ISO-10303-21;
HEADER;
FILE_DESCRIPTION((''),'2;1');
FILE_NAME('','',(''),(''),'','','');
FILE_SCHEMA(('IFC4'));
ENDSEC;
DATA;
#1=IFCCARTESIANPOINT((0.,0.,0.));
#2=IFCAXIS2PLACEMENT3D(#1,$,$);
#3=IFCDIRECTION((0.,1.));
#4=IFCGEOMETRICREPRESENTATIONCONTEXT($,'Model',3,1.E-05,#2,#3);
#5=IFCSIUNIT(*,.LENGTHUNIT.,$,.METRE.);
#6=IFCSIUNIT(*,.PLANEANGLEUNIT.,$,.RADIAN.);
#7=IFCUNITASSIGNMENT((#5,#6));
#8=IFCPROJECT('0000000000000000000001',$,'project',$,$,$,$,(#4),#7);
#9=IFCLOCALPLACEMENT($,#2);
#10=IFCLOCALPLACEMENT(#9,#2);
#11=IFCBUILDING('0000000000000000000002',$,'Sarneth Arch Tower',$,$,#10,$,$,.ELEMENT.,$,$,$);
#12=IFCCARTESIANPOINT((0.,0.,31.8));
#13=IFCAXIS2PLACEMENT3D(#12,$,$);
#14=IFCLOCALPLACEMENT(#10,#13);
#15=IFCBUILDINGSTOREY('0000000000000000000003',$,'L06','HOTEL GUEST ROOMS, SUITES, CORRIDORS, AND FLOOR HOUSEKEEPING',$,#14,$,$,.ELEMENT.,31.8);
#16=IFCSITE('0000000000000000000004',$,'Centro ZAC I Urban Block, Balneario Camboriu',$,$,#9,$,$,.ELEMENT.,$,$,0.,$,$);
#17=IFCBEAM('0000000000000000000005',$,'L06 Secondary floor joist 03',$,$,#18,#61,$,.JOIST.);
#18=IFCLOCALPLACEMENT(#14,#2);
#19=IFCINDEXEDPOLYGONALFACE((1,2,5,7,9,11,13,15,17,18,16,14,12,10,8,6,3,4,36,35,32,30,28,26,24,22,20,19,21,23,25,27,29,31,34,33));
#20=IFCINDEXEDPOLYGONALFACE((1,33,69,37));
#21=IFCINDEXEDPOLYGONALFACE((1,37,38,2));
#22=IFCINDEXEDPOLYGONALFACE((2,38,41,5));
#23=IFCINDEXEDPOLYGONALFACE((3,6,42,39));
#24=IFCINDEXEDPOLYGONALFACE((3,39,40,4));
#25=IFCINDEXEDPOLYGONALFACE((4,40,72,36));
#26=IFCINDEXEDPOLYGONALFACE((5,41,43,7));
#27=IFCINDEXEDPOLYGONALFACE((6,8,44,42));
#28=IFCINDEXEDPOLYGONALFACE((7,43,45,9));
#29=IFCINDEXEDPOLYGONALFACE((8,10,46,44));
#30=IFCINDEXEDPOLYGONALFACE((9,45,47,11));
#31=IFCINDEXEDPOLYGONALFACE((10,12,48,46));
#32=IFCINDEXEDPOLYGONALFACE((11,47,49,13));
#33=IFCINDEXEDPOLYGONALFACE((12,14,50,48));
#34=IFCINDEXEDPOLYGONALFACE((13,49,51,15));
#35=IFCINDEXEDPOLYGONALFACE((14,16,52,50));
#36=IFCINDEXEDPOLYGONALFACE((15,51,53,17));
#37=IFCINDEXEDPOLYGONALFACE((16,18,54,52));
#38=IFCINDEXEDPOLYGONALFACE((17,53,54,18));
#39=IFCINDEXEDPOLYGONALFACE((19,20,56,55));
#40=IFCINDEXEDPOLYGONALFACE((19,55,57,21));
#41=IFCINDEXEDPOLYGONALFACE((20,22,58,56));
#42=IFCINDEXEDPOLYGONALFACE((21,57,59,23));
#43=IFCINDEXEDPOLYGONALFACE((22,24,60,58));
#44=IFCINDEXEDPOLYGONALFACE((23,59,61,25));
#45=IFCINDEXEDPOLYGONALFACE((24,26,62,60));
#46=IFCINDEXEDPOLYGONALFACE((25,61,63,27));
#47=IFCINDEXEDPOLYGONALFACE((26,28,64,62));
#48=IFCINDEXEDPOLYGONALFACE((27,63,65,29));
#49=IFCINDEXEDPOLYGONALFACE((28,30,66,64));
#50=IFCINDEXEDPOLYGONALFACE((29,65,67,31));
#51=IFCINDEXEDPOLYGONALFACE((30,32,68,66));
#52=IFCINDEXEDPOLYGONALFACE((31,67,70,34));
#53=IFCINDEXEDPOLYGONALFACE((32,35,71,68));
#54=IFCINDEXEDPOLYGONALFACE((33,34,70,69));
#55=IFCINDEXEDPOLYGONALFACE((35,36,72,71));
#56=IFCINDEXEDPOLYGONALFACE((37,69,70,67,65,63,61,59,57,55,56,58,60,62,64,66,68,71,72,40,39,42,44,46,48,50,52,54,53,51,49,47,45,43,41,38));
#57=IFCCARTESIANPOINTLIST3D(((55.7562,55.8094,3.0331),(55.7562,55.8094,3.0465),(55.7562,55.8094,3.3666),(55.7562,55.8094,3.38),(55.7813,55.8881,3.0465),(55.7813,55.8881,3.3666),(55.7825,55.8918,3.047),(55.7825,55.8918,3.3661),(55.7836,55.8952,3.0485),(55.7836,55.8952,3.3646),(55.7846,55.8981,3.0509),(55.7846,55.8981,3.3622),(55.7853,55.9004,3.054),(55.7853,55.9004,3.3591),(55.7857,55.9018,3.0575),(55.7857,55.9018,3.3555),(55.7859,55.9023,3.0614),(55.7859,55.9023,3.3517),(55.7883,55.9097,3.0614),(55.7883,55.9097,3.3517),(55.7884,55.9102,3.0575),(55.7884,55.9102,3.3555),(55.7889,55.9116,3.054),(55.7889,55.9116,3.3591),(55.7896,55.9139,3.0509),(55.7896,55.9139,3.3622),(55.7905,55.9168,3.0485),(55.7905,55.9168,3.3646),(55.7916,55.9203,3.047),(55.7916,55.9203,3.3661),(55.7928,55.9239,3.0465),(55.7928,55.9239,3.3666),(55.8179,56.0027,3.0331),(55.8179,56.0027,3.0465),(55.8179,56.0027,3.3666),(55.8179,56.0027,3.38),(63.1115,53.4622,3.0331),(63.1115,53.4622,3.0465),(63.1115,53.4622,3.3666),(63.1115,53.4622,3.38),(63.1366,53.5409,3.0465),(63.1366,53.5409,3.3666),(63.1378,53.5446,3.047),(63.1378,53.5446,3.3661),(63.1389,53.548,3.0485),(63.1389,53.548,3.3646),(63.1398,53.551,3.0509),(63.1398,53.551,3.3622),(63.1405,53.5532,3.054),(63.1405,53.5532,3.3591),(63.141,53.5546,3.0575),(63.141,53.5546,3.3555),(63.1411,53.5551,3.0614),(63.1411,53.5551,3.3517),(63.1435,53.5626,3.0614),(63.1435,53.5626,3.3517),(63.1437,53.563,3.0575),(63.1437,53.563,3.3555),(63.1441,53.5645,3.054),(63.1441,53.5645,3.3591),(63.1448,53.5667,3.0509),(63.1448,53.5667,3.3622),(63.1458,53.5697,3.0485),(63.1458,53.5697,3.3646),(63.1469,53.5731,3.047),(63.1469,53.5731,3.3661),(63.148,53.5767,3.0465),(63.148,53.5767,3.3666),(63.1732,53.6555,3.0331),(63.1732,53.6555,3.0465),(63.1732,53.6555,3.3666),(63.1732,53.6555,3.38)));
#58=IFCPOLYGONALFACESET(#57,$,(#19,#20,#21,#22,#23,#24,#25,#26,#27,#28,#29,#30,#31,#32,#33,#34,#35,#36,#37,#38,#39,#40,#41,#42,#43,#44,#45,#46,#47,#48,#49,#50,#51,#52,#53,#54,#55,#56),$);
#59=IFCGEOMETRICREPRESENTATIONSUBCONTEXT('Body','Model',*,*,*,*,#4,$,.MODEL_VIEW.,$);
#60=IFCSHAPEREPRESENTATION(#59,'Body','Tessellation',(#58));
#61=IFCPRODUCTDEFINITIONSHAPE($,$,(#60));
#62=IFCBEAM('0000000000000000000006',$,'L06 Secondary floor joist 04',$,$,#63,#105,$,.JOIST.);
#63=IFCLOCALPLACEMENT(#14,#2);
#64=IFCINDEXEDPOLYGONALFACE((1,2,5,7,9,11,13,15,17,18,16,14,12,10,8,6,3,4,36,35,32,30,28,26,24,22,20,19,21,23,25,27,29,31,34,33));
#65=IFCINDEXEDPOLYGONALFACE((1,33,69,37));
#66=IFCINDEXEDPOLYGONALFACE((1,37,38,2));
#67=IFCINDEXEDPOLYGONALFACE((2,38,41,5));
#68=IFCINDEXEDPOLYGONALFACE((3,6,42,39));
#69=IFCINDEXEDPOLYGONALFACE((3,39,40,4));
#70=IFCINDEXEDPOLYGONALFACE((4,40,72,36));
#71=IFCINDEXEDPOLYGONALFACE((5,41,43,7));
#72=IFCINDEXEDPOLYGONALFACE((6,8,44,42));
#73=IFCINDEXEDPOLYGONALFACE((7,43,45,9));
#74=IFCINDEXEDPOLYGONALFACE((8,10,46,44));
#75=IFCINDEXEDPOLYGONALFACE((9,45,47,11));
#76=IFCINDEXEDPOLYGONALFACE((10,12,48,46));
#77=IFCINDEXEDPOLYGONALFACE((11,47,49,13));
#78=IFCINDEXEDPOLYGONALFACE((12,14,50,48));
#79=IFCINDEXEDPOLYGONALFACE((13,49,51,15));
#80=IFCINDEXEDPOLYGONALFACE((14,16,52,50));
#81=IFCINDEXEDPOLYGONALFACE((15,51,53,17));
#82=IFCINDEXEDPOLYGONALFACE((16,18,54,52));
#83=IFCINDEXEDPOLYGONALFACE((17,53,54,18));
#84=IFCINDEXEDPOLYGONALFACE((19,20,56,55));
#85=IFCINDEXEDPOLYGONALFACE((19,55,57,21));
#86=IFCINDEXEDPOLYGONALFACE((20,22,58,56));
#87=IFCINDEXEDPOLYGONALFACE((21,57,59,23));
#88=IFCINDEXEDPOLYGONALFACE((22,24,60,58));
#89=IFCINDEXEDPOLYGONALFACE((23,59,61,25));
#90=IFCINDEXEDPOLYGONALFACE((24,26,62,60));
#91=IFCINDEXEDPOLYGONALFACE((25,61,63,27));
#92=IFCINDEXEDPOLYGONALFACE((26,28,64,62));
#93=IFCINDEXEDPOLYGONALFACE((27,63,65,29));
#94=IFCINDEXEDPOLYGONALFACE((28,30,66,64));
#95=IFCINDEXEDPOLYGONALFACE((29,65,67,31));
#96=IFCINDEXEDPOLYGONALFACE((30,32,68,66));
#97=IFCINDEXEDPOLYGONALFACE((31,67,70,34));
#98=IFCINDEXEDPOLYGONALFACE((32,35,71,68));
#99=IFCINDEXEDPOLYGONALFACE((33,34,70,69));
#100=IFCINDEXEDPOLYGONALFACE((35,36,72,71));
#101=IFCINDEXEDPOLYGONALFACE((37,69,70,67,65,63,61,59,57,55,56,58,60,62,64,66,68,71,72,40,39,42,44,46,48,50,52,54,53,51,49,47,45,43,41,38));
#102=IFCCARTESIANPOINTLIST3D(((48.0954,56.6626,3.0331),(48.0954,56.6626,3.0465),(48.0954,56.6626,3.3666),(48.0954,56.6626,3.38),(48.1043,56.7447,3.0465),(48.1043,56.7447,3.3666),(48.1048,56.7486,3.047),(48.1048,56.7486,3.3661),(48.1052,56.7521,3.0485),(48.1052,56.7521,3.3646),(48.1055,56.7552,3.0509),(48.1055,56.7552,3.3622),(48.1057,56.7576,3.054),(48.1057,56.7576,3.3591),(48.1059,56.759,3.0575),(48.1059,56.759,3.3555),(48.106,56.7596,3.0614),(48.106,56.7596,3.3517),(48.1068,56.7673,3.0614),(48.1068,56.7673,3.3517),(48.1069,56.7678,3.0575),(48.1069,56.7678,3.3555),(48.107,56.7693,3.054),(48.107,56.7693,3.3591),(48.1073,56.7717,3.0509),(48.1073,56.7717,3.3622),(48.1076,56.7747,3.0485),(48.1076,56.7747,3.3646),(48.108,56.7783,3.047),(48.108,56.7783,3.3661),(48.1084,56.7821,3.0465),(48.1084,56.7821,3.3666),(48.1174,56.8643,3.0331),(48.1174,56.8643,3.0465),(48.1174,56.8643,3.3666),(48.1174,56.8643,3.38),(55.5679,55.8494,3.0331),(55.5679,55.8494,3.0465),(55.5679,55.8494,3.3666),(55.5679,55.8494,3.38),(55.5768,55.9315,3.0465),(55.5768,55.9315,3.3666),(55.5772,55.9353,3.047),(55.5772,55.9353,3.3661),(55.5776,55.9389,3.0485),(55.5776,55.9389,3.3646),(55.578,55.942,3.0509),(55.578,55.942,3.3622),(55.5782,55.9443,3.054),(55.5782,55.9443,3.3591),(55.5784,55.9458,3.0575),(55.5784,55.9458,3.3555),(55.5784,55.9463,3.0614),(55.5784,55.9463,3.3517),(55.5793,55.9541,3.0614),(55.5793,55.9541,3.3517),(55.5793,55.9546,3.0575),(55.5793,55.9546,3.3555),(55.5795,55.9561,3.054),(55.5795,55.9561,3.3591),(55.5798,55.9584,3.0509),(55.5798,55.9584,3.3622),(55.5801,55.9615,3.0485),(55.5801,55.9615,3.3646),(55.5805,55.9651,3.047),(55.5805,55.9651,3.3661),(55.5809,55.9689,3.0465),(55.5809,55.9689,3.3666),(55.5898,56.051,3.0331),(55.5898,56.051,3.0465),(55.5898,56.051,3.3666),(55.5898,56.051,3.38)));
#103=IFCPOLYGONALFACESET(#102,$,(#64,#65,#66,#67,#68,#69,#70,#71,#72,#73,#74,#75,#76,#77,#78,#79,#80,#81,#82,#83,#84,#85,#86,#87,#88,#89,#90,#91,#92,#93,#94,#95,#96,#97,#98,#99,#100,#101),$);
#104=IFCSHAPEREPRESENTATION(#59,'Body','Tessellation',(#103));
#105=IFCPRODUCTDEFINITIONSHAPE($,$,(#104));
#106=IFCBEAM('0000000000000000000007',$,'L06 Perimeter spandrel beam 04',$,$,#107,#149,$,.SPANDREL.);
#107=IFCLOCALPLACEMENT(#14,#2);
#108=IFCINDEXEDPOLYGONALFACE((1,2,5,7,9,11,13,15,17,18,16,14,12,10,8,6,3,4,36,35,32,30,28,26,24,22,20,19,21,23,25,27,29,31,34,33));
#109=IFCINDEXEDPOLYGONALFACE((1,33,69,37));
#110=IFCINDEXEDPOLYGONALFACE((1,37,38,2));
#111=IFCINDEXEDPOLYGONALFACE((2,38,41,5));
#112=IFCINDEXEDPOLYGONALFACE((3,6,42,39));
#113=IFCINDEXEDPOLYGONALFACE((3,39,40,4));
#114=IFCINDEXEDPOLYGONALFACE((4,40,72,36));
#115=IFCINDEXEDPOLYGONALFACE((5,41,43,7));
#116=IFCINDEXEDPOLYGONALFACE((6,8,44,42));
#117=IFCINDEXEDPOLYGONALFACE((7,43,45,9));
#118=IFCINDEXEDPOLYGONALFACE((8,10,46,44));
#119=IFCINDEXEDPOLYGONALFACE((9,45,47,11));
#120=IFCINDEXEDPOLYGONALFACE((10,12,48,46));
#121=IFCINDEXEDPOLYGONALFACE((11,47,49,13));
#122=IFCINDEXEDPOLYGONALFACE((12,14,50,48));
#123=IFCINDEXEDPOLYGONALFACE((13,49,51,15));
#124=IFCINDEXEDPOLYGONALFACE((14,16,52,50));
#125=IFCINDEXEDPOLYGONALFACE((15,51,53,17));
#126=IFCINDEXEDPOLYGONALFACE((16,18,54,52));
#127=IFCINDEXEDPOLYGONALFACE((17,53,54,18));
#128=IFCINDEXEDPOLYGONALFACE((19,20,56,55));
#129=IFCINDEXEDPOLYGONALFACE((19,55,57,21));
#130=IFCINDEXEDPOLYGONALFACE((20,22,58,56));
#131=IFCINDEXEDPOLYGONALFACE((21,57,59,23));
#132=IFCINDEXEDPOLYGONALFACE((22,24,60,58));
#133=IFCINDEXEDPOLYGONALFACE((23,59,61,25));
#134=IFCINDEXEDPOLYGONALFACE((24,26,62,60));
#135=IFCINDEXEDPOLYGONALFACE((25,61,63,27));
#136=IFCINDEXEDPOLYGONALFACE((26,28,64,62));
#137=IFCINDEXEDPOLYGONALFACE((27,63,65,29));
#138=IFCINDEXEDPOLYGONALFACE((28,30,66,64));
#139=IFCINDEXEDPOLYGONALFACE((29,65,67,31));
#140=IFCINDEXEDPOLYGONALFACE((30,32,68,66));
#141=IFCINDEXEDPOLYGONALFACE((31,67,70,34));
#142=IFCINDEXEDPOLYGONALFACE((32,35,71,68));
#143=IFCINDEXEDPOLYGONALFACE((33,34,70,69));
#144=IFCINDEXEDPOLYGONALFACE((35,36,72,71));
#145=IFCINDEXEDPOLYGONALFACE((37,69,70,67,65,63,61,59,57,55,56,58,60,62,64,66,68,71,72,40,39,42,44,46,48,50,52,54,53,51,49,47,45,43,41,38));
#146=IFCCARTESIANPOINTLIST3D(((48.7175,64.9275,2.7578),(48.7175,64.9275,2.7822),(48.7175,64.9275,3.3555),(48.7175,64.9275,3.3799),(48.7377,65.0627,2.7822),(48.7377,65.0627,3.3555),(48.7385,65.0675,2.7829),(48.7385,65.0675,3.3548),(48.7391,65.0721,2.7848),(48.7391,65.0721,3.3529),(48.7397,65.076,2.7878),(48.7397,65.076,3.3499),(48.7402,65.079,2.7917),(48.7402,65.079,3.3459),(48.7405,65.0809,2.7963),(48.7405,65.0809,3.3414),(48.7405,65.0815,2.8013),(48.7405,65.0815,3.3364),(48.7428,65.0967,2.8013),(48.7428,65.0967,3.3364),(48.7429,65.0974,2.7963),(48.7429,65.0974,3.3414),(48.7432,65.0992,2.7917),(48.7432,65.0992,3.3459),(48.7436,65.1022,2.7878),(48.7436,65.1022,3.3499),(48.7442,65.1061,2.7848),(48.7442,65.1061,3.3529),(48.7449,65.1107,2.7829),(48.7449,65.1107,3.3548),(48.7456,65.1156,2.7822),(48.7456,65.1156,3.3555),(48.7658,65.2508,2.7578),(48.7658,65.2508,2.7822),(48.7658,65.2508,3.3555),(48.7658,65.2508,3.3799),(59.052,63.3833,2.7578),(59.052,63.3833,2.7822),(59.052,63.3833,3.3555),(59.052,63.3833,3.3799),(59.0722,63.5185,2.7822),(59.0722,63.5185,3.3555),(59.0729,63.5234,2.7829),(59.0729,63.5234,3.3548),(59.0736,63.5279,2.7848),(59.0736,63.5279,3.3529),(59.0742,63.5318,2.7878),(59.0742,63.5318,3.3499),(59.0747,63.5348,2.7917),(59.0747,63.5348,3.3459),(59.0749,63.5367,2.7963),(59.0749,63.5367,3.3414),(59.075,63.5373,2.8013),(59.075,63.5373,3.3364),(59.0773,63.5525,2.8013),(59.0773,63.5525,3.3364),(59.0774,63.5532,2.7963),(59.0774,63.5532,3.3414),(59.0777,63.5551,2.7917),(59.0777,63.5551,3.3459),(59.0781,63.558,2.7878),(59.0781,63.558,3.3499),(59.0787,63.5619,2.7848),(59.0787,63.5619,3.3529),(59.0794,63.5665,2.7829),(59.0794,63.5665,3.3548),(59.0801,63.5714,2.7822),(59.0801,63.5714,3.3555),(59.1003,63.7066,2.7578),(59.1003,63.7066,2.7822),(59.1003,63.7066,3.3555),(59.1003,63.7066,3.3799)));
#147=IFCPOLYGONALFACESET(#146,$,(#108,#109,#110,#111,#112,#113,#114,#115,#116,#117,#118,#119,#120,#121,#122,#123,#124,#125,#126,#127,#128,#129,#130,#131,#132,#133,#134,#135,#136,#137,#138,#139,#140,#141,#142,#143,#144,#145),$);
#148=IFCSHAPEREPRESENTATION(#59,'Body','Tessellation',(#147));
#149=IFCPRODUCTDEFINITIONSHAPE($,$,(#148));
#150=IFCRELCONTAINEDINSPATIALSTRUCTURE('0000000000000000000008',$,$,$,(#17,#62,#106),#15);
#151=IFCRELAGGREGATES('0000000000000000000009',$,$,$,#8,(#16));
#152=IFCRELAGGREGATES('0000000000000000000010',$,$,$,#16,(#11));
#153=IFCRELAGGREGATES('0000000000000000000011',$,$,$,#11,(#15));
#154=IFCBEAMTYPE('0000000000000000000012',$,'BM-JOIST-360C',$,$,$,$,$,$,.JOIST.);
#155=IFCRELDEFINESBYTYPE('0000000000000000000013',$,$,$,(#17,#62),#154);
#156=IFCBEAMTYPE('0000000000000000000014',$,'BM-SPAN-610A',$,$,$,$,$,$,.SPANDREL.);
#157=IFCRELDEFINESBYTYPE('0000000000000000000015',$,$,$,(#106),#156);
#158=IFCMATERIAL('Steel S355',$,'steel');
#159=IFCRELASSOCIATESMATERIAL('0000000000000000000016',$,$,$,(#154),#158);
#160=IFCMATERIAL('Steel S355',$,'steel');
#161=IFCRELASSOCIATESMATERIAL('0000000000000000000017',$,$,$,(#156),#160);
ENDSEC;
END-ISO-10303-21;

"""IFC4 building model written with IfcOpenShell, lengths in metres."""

from ifc_helpers import new_model, si_unit, direction, frame, origin, origin_2d, place, context, subcontext, project, spatial, i_section, extrude, material, material_profile, profile_set, type_object, element, save


model = new_model("IFC4")

# Units and contexts
model_context = context("Model", 3, precision=1e-05, world=origin(), true_north=direction((0.0, 1.0)))
body_context = subcontext(model_context, "Body", "Model", "MODEL_VIEW")
ifc_project = project(units=[si_unit("LENGTHUNIT", "METRE"), si_unit("PLANEANGLEUNIT", "RADIAN")], contexts=[model_context])

# Site, building, storey
site_placement = place(None, origin())
site = spatial("IfcSite", under=ifc_project, at=site_placement, Name="Centro ZAC I Urban Block, Balneario Camboriu", CompositionType="ELEMENT", RefElevation=0.0)
building_placement = place(site_placement, origin())
building = spatial("IfcBuilding", under=site, at=building_placement, Name="Sarneth Arch Tower", CompositionType="ELEMENT")
storey_placement = place(building_placement, frame((0.0, 0.0, 31.8)))
storey = spatial("IfcBuildingStorey", under=building, at=storey_placement, Name="L06", Description="HOTEL GUEST ROOMS, SUITES, CORRIDORS, AND FLOOR HOUSEKEEPING", CompositionType="ELEMENT", Elevation=31.8)

# Beams
ifc_material_1 = material(Name="Steel S355", Category="steel")
ifc_material_profile_1 = material_profile(ifc_material_1, i_section(OverallWidth=0.2029, OverallDepth=0.3469, WebThickness=0.0078, FlangeThickness=0.0134, FilletRadius=0.0149, at=origin_2d()), Name="W360x64")
ifc_profile_set_1 = profile_set([ifc_material_profile_1], Name="Steel S355")
beam_type_1 = type_object("IfcBeamType", Name="BM-JOIST-360C", PredefinedType="JOIST", material=ifc_profile_set_1)
beam_1_placement = place(storey_placement, frame((63.1423, 53.5588, 3.2065), z_axis=(-0.952668, 0.304011, 0.0), x_axis=(-0.304011, -0.952668, 0.0)))
element("IfcBeam", 1, at=beam_1_placement, inside=storey, type_object=beam_type_1, Name="L06 Secondary floor joist 03", PredefinedType="JOIST", context=body_context, shape_type="SweptSolid", body=[
    extrude(i_section(OverallWidth=0.2029, OverallDepth=0.3469, WebThickness=0.0078, FlangeThickness=0.0134, FilletRadius=0.0149, at=origin_2d()), origin(), (0.0, 0.0, 1.0), 7.7207),
])
beam_2_placement = place(storey_placement, frame((55.5789, 55.9502, 3.2065), z_axis=(-0.99413, 0.108192, 0.0), x_axis=(-0.108192, -0.99413, 0.0)))
element("IfcBeam", 2, at=beam_2_placement, inside=storey, type_object=beam_type_1, Name="L06 Secondary floor joist 04", PredefinedType="JOIST", context=body_context, shape_type="SweptSolid", body=[
    extrude(i_section(OverallWidth=0.2029, OverallDepth=0.3469, WebThickness=0.0078, FlangeThickness=0.0134, FilletRadius=0.0149, at=origin_2d()), origin(), (0.0, 0.0, 1.0), 7.5166),
])
ifc_material_2 = material(Name="Steel S355", Category="steel")
ifc_material_profile_2 = material_profile(ifc_material_2, i_section(OverallWidth=0.3269, OverallDepth=0.6221, WebThickness=0.0154, FlangeThickness=0.0244, FilletRadius=0.019, at=origin_2d()), Name="W610x195")
ifc_profile_set_2 = profile_set([ifc_material_profile_2], Name="Steel S355")
beam_type_2 = type_object("IfcBeamType", Name="BM-SPAN-610A", PredefinedType="SPANDREL", material=ifc_profile_set_2)
beam_3_placement = place(storey_placement, frame((59.0762, 63.5449, 3.0688), z_axis=(-0.98902, 0.147781, 0.0), x_axis=(-0.147781, -0.98902, 0.0)))
element("IfcBeam", 3, at=beam_3_placement, inside=storey, type_object=beam_type_2, Name="L06 Perimeter spandrel beam 04", PredefinedType="SPANDREL", context=body_context, shape_type="SweptSolid", body=[
    extrude(i_section(OverallWidth=0.3269, OverallDepth=0.6221, WebThickness=0.0154, FlangeThickness=0.0244, FilletRadius=0.019, at=origin_2d()), origin(), (0.0, 0.0, 1.0), 10.4492),
])

save(model, "model.ifc")
